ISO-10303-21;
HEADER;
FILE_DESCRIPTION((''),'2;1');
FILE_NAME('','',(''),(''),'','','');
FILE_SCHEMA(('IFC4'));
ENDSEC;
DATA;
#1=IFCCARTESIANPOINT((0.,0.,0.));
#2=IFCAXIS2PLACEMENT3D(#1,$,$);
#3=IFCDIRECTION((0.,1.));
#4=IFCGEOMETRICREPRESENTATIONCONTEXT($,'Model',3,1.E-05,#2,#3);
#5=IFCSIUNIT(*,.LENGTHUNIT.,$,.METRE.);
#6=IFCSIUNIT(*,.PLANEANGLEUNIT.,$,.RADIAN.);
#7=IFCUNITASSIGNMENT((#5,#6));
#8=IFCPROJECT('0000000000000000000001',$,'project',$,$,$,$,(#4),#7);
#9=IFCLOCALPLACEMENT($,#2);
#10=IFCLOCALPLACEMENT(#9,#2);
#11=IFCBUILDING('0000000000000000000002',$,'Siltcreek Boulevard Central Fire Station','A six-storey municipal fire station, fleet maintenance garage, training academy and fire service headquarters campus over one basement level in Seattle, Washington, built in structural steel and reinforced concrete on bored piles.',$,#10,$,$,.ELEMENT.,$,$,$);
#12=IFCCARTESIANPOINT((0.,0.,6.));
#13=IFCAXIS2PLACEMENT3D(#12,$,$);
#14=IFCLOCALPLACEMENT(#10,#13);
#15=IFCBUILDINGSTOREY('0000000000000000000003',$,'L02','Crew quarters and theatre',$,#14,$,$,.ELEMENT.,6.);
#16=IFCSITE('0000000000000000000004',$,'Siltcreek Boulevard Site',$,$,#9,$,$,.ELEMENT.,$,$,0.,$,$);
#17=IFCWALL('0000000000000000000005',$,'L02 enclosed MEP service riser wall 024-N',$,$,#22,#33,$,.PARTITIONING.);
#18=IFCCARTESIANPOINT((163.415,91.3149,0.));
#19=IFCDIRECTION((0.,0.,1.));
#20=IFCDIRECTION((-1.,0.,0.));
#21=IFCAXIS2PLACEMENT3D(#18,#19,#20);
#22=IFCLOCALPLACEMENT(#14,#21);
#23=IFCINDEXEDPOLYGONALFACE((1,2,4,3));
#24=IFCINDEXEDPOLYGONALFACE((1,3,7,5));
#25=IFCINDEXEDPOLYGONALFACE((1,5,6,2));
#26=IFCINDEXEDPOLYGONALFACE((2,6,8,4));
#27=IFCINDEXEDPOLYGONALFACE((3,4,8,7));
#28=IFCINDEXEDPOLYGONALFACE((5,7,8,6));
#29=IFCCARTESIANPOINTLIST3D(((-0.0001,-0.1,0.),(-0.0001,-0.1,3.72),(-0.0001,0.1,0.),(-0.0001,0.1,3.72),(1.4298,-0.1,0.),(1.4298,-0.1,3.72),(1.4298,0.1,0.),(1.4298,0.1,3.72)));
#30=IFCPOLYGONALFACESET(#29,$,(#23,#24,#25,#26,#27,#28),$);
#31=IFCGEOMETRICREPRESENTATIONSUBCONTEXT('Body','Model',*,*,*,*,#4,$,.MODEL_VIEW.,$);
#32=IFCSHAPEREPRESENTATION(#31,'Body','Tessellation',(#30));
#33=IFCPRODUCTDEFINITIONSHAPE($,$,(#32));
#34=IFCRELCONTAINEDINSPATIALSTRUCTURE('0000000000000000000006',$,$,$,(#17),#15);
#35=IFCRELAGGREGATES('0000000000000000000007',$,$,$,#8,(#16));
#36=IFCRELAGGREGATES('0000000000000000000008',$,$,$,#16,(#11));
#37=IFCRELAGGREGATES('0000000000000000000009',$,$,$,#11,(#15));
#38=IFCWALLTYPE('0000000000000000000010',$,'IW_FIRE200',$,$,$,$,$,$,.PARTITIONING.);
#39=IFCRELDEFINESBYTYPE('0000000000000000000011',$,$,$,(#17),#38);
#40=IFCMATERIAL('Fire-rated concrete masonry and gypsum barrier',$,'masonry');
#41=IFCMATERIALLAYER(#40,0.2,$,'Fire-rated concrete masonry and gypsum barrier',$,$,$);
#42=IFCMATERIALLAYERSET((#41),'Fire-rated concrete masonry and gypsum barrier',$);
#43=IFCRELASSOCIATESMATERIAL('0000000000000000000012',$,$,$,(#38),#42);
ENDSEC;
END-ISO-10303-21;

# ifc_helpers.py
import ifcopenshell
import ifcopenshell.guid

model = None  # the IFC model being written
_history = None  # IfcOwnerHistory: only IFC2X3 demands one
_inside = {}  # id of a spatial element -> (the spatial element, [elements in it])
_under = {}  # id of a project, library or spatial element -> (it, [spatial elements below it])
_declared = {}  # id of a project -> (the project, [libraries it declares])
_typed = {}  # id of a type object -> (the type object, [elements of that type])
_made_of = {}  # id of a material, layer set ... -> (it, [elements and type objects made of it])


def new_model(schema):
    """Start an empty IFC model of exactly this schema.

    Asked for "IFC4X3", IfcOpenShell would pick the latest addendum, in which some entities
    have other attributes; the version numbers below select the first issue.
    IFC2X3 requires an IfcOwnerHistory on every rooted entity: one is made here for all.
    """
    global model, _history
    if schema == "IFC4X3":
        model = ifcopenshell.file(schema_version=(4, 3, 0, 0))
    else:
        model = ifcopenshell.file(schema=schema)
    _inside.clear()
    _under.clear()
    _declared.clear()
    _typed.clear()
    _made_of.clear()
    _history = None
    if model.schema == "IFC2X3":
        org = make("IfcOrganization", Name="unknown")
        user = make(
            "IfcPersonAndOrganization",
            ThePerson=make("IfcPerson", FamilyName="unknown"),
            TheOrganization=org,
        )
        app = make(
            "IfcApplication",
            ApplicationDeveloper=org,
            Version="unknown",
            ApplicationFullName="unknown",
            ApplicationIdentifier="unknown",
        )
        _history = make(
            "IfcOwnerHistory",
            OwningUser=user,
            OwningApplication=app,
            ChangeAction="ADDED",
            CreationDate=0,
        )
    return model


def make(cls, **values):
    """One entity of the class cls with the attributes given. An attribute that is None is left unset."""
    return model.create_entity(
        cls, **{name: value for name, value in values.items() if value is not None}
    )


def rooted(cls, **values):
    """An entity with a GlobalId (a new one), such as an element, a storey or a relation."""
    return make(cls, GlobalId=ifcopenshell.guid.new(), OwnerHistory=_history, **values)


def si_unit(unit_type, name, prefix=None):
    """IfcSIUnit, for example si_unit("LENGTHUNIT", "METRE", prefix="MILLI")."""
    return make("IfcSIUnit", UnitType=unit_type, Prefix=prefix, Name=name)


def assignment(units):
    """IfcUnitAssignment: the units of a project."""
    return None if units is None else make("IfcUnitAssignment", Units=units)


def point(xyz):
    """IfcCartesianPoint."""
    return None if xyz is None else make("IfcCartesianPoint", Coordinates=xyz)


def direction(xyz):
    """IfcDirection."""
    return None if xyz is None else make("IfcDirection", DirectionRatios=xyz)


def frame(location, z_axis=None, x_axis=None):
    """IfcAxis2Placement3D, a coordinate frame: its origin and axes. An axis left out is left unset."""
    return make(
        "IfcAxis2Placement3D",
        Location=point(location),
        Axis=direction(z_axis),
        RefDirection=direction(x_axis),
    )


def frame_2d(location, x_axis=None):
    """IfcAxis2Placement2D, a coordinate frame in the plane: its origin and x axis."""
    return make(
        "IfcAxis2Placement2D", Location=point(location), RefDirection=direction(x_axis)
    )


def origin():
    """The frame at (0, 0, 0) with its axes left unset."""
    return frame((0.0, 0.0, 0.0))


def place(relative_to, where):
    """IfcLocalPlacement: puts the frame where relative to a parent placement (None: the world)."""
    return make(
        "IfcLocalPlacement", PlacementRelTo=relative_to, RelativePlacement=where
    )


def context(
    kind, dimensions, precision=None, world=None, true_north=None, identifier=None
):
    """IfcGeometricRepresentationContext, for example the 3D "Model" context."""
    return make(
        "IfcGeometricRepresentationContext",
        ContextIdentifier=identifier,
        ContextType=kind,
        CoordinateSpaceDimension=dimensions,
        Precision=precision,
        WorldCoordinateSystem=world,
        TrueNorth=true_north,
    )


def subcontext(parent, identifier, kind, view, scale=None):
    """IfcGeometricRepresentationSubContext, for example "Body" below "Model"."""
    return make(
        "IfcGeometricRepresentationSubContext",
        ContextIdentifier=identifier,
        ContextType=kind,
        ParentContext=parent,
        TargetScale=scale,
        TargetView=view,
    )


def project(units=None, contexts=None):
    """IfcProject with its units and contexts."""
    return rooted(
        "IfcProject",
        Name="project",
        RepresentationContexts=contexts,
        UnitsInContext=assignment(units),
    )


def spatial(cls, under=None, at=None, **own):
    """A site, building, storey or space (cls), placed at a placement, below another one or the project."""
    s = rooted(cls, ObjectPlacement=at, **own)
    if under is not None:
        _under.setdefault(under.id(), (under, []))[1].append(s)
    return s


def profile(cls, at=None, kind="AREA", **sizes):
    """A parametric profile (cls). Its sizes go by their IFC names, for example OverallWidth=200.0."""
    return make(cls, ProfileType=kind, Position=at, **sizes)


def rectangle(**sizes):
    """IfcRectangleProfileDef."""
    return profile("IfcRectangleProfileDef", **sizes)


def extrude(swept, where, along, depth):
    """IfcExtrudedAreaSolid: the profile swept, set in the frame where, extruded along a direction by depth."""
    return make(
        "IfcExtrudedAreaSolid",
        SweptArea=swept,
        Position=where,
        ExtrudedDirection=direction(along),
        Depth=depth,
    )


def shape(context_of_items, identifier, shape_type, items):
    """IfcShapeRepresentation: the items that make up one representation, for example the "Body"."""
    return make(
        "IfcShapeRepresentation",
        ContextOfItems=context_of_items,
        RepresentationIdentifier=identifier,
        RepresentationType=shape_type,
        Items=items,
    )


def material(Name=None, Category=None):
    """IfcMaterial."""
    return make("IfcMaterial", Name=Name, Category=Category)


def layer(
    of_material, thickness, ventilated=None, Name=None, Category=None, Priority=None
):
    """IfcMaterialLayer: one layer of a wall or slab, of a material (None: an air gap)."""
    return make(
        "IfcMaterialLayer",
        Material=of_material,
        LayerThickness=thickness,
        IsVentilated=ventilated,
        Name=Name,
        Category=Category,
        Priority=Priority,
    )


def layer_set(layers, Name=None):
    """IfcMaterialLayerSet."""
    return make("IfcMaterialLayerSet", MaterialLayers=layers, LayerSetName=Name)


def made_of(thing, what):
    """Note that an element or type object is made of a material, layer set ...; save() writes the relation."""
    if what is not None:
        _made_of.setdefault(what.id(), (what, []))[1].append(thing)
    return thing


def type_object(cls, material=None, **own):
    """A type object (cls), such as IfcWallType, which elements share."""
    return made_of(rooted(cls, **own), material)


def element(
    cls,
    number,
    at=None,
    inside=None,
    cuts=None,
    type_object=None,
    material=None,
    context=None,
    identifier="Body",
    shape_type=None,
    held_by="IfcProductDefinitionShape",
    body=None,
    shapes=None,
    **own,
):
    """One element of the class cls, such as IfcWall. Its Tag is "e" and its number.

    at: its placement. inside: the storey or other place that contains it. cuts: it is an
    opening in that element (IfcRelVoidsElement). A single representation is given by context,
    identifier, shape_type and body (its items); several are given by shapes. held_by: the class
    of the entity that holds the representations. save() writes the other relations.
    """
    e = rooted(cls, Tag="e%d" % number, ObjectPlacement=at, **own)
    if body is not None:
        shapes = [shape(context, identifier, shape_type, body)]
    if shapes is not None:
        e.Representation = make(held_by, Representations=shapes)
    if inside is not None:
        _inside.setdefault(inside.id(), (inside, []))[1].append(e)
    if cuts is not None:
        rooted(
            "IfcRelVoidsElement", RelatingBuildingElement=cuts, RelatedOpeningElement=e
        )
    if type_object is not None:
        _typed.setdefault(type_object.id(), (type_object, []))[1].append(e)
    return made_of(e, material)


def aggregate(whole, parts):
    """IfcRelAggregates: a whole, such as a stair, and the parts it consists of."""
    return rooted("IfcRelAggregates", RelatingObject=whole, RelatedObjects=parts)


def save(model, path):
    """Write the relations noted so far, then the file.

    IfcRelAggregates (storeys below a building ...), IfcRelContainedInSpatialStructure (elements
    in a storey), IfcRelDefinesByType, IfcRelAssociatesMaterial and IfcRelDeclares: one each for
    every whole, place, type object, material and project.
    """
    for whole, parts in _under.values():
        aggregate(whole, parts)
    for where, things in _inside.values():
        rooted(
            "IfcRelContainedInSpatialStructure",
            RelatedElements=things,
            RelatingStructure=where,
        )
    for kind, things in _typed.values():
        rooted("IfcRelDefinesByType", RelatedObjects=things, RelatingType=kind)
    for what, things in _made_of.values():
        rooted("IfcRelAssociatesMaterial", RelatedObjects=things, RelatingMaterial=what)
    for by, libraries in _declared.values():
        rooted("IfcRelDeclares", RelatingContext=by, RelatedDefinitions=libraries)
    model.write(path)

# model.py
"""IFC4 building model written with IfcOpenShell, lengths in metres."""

from ifc_helpers import new_model, si_unit, direction, frame, frame_2d, origin, place, context, subcontext, project, spatial, rectangle, extrude, material, layer, layer_set, type_object, element, save


model = new_model("IFC4")

# Units and contexts
model_context = context("Model", 3, precision=1e-05, world=origin(), true_north=direction((0.0, 1.0)))
body_context = subcontext(model_context, "Body", "Model", "MODEL_VIEW")
ifc_project = project(units=[si_unit("LENGTHUNIT", "METRE"), si_unit("PLANEANGLEUNIT", "RADIAN")], contexts=[model_context])

# Site, building, storey
site_placement = place(None, origin())
site = spatial("IfcSite", under=ifc_project, at=site_placement, Name="Siltcreek Boulevard Site", CompositionType="ELEMENT", RefElevation=0.0)
building_placement = place(site_placement, origin())
building = spatial("IfcBuilding", under=site, at=building_placement, Name="Siltcreek Boulevard Central Fire Station", Description="A six-storey municipal fire station, fleet maintenance garage, training academy and fire service headquarters campus over one basement level in Seattle, Washington, built in structural steel and reinforced concrete on bored piles.", CompositionType="ELEMENT")
storey_placement = place(building_placement, frame((0.0, 0.0, 6.0)))
storey = spatial("IfcBuildingStorey", under=building, at=storey_placement, Name="L02", Description="Crew quarters and theatre", CompositionType="ELEMENT", Elevation=6.0)

# Wall
ifc_material_1 = material(Name="Fire-rated concrete masonry and gypsum barrier", Category="masonry")
ifc_layer_1 = layer(ifc_material_1, 0.2, Name="Fire-rated concrete masonry and gypsum barrier")
ifc_layer_set_1 = layer_set([ifc_layer_1], Name="Fire-rated concrete masonry and gypsum barrier")
wall_type_1 = type_object("IfcWallType", Name="IW_FIRE200", PredefinedType="PARTITIONING", material=ifc_layer_set_1)
wall_1_placement = place(storey_placement, frame((163.415, 91.3149, 0.0), z_axis=(0.0, 0.0, 1.0), x_axis=(-1.0, 0.0, 0.0)))
element("IfcWall", 1, at=wall_1_placement, inside=storey, type_object=wall_type_1, Name="L02 enclosed MEP service riser wall 024-N", PredefinedType="PARTITIONING", context=body_context, shape_type="SweptSolid", body=[
    extrude(rectangle(XDim=1.4299, YDim=0.2, at=frame_2d((0.7148, 0.0))), origin(), (0.0, 0.0, 1.0), 3.72),
])

save(model, "model.ifc")
